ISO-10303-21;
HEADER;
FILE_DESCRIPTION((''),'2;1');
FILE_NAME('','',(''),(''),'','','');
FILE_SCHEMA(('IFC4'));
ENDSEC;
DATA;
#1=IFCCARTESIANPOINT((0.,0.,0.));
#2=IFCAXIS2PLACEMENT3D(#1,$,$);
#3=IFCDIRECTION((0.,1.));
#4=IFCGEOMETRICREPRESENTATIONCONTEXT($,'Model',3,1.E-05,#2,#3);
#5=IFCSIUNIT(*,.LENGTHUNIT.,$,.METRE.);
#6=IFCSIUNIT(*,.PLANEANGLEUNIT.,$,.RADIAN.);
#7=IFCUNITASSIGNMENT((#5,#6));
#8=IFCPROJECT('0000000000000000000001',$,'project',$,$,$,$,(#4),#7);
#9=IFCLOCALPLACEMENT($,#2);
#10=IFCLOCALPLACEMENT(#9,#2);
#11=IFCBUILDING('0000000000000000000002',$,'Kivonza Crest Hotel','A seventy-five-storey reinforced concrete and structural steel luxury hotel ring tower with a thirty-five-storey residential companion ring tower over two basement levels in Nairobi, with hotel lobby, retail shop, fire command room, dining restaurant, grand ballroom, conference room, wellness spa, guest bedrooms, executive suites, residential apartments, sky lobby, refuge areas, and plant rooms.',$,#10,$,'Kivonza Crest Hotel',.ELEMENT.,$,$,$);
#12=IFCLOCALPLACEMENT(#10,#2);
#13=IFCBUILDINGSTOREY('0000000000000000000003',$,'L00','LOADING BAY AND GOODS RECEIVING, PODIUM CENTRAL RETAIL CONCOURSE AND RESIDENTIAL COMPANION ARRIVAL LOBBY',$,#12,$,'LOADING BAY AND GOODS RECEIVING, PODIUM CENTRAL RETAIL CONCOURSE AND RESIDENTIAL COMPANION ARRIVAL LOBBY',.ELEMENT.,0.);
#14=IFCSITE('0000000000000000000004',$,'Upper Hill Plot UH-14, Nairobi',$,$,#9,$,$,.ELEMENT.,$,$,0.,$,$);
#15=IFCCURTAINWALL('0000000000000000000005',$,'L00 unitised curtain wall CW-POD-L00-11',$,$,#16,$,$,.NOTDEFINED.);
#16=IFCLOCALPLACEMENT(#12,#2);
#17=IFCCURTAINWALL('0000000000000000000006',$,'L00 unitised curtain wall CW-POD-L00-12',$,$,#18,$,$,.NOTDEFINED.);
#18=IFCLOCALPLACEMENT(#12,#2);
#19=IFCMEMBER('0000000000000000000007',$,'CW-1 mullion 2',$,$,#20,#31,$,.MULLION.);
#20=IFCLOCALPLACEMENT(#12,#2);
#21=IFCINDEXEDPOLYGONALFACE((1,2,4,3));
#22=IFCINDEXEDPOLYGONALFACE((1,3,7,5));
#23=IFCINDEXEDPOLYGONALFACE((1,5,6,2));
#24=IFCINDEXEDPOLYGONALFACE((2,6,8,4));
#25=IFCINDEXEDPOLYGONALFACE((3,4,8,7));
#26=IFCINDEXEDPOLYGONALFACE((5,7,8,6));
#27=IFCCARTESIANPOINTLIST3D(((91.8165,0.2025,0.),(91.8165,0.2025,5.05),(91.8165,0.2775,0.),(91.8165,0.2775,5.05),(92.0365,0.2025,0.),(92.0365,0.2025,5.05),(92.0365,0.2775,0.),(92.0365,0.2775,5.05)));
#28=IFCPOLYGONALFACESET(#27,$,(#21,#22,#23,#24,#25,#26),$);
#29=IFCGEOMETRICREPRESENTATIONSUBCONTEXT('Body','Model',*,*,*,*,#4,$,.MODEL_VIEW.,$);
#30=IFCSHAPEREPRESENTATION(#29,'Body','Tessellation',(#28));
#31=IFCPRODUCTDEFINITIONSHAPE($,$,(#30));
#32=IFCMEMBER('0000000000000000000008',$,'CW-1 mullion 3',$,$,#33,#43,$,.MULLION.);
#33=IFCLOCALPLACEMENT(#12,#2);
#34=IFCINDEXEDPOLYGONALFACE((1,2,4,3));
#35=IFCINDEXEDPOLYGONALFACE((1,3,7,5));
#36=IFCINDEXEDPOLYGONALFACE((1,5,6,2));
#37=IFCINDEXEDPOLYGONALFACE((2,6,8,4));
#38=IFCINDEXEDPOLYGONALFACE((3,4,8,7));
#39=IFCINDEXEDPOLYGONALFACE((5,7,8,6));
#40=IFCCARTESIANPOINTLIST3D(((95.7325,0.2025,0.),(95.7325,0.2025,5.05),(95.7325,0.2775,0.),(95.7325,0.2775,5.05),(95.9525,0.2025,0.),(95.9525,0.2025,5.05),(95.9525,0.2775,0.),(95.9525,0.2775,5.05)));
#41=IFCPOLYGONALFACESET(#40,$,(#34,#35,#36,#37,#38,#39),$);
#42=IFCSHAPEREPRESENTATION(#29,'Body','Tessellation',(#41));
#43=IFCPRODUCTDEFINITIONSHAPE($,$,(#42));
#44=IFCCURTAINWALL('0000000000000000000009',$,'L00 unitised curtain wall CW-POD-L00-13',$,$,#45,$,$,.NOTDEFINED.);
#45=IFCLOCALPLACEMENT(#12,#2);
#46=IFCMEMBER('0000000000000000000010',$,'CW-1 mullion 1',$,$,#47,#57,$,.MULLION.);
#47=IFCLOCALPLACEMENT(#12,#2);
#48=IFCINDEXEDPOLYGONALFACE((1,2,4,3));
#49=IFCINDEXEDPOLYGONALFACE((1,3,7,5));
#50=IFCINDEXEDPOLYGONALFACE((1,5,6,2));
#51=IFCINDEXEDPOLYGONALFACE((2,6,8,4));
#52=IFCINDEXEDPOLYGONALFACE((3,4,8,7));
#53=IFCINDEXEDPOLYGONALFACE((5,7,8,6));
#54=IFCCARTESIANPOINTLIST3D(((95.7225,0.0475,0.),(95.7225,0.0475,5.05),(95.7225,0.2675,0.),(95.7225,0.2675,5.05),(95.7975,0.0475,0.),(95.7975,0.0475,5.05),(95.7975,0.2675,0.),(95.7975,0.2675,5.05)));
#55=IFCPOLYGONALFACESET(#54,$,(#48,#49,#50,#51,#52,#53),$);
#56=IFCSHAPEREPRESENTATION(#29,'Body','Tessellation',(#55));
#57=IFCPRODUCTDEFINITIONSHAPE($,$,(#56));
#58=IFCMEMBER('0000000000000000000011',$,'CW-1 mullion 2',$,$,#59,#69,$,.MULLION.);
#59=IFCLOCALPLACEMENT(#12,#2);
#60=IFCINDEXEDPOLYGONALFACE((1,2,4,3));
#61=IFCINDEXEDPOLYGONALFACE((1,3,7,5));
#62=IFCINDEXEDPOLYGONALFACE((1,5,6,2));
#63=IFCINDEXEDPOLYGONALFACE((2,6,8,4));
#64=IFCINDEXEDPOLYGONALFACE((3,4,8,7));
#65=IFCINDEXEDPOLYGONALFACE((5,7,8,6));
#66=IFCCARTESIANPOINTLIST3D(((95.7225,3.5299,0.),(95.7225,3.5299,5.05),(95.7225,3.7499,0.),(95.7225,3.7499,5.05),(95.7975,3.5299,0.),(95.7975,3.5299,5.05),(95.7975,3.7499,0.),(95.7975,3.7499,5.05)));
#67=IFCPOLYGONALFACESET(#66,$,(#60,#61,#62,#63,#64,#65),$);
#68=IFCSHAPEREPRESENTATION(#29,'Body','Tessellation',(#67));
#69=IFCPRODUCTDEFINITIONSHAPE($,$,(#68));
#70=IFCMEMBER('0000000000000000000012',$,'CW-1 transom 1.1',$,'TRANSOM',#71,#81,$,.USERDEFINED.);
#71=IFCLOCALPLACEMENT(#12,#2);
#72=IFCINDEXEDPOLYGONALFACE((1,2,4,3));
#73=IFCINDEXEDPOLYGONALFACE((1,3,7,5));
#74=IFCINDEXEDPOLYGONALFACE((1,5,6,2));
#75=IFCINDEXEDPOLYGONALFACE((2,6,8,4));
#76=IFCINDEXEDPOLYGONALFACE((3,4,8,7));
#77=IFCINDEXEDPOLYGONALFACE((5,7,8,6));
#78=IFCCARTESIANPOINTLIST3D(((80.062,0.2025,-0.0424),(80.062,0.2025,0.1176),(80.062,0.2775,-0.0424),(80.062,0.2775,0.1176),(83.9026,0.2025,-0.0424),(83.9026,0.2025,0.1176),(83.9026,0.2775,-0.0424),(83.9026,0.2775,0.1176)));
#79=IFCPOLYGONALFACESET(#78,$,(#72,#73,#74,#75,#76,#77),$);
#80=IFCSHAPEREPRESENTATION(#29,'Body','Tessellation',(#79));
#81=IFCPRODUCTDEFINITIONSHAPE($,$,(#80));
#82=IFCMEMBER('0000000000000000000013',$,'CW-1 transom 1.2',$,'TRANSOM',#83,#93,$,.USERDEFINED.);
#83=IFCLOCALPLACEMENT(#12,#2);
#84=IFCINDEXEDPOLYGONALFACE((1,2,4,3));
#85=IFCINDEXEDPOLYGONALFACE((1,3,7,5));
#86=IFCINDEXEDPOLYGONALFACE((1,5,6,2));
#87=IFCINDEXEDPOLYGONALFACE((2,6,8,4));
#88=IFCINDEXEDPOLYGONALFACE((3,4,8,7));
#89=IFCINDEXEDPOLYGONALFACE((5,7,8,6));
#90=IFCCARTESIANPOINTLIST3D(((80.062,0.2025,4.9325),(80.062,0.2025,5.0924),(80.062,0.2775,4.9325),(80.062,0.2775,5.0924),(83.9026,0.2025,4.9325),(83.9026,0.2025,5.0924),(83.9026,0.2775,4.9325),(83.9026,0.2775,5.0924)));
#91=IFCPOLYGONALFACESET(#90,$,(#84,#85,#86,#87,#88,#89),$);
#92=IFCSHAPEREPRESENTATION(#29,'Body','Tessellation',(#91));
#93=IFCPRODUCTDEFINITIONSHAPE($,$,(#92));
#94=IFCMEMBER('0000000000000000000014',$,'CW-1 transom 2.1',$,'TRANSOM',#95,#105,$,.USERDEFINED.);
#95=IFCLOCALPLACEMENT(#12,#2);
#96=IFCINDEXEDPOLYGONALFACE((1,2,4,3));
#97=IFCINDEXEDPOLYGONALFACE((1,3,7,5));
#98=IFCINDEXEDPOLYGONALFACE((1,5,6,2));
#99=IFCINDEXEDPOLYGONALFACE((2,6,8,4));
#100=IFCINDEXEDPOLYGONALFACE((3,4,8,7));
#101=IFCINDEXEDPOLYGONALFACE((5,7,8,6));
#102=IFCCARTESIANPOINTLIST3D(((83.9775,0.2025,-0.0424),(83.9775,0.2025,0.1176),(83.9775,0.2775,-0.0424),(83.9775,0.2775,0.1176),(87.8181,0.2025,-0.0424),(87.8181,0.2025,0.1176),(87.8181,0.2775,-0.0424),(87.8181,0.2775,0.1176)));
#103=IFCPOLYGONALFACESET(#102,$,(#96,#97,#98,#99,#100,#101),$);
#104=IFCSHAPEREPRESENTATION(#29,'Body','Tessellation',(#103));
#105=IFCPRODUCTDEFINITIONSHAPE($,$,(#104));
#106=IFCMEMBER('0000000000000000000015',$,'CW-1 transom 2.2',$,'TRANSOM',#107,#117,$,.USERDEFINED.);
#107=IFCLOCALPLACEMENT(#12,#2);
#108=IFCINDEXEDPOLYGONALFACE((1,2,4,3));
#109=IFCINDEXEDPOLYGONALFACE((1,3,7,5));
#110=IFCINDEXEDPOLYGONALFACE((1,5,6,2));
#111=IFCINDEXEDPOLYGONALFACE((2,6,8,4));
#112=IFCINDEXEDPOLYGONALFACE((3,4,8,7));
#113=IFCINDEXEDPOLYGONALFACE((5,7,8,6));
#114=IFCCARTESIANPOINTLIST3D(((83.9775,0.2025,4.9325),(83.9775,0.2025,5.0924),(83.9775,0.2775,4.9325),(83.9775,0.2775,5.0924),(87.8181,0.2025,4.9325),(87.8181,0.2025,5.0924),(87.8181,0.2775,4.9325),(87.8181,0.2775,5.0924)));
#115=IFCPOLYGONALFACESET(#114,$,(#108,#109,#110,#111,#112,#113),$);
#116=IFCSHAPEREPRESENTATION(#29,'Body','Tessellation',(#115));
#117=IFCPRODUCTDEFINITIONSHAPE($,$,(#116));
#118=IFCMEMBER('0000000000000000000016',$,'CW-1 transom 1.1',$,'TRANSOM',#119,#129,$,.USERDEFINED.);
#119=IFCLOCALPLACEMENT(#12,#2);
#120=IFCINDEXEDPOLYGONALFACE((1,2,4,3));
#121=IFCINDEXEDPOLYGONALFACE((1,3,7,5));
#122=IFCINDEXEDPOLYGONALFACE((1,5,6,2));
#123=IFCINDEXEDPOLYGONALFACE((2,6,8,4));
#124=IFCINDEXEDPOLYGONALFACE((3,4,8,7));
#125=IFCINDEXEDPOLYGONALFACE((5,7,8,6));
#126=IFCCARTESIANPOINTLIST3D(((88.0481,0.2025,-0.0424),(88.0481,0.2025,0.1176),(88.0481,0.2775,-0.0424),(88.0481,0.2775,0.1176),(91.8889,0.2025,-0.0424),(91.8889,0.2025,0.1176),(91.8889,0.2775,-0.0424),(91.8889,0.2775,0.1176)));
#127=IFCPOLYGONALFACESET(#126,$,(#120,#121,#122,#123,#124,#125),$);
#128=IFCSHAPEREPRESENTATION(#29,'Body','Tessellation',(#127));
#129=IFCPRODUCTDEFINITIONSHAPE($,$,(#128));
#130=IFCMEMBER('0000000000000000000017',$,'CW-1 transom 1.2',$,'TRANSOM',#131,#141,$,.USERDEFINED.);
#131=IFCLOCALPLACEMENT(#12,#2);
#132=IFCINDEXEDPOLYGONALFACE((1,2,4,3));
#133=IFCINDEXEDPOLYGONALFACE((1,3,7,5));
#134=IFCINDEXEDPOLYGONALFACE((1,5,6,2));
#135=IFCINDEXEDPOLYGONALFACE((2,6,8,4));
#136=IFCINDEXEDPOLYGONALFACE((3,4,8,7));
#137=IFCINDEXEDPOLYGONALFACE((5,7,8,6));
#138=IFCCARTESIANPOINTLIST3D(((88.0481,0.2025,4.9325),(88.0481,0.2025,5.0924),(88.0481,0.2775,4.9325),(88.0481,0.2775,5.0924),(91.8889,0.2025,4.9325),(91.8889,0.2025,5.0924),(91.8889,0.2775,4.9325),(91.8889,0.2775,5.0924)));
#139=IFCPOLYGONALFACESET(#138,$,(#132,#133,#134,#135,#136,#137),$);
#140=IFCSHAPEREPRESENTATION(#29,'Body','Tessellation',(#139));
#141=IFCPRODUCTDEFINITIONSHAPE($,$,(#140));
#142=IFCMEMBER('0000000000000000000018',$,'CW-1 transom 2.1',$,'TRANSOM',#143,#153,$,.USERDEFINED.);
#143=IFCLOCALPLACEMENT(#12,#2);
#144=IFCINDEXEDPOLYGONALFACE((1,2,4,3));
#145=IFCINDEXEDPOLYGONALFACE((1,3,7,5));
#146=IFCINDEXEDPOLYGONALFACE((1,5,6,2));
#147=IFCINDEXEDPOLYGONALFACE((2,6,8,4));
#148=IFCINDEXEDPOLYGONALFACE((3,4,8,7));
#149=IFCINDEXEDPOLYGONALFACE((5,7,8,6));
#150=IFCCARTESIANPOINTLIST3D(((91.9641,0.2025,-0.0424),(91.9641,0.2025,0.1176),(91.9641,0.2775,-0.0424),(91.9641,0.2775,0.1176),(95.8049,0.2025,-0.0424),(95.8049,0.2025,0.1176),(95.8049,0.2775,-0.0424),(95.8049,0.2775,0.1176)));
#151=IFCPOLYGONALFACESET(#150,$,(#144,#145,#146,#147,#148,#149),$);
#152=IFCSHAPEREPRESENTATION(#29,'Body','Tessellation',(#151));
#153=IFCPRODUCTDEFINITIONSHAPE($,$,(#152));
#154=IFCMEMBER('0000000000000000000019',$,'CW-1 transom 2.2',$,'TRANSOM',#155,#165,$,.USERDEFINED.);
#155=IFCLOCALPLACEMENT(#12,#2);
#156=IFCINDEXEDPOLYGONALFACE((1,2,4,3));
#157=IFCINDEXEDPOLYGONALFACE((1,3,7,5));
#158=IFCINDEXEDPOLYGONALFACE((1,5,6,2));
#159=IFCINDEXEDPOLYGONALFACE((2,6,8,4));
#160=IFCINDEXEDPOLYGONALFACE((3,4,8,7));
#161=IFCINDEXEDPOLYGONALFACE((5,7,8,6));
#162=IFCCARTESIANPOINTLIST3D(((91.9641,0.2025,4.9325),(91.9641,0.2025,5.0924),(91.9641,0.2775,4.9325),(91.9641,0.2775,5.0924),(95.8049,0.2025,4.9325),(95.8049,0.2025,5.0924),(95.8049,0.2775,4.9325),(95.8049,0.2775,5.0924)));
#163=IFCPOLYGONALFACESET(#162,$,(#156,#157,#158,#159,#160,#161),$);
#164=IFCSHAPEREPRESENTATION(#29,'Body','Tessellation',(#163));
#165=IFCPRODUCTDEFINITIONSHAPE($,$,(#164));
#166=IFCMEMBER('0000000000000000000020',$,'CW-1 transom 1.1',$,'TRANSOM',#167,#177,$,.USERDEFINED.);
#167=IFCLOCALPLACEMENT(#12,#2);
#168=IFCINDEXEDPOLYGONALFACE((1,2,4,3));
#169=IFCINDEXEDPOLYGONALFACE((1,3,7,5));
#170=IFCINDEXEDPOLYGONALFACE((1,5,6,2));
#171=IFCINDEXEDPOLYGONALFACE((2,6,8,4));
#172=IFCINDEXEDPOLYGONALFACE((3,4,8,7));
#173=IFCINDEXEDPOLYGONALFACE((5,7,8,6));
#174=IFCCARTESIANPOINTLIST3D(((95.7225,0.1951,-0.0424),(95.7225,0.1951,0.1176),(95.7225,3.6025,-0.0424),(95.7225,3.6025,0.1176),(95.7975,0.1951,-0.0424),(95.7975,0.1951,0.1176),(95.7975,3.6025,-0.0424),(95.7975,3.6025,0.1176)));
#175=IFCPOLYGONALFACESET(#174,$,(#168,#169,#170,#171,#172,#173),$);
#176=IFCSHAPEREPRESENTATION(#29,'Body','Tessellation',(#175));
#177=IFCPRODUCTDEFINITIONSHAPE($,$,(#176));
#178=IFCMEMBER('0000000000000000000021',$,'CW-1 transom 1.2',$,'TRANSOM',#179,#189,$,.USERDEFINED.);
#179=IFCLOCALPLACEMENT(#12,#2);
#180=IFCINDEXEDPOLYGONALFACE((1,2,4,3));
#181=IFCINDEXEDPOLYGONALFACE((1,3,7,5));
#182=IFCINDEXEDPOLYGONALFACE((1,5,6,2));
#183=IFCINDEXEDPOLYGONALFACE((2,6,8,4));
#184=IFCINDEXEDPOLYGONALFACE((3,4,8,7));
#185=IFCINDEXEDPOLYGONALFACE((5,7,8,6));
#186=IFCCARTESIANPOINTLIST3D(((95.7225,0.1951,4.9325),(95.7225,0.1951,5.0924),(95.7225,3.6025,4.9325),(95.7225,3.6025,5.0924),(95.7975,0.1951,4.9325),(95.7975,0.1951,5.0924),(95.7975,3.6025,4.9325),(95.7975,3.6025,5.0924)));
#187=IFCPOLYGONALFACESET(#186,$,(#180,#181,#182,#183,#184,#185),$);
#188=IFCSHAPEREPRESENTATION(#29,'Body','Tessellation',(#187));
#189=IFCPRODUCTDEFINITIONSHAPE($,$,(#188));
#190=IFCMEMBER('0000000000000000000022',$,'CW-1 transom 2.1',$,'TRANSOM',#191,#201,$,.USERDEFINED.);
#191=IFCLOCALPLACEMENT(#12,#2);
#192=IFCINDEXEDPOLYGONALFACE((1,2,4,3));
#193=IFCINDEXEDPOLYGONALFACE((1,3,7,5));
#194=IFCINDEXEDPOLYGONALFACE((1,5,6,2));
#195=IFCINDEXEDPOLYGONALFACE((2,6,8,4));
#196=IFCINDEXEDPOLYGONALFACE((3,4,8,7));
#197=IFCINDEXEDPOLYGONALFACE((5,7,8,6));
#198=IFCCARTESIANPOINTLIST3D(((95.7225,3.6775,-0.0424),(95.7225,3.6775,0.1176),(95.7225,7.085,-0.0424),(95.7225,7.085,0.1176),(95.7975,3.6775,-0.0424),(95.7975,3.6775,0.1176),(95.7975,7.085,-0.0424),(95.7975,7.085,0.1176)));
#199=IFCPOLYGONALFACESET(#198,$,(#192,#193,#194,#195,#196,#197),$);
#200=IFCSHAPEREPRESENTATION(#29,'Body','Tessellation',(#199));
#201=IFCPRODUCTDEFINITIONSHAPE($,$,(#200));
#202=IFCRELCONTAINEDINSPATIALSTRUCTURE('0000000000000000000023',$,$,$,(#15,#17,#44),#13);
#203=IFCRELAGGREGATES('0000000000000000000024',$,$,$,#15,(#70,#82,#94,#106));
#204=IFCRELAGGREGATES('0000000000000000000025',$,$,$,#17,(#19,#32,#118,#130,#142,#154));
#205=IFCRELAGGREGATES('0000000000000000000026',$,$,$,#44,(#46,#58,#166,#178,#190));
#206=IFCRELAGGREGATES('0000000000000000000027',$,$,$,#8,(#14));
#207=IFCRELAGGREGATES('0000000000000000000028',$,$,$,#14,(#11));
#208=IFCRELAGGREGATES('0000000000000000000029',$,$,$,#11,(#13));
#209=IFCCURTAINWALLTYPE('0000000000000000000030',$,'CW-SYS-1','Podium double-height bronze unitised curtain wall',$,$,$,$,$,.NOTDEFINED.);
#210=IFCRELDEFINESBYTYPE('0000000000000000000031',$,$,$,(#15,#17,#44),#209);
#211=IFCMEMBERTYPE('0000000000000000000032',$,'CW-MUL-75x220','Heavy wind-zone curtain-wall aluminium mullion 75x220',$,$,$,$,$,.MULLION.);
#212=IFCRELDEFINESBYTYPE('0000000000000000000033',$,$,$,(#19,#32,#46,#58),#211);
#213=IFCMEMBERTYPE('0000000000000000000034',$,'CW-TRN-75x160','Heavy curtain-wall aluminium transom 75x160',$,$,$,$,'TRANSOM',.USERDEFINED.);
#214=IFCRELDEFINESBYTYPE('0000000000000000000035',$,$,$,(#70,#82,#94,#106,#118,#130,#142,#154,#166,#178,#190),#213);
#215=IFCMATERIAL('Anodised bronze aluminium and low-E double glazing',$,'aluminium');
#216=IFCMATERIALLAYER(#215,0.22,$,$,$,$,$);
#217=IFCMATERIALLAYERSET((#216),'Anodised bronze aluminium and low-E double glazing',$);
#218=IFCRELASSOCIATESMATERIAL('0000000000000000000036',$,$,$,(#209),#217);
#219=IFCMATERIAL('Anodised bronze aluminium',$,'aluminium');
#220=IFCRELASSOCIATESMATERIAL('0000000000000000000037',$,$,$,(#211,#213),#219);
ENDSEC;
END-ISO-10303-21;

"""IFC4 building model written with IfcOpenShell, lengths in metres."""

from ifc_helpers import new_model, si_unit, direction, frame, origin, origin_2d, place, context, subcontext, project, spatial, rectangle, extrude, material, layer, layer_set, material_profile, profile_set, type_object, element, aggregate, save


model = new_model("IFC4")

# Units and contexts
model_context = context("Model", 3, precision=1e-05, world=origin(), true_north=direction((0.0, 1.0)))
body_context = subcontext(model_context, "Body", "Model", "MODEL_VIEW")
ifc_project = project(units=[si_unit("LENGTHUNIT", "METRE"), si_unit("PLANEANGLEUNIT", "RADIAN")], contexts=[model_context])

# Site, building, storey
site_placement = place(None, origin())
site = spatial("IfcSite", under=ifc_project, at=site_placement, Name="Upper Hill Plot UH-14, Nairobi", CompositionType="ELEMENT", RefElevation=0.0)
building_placement = place(site_placement, origin())
building = spatial("IfcBuilding", under=site, at=building_placement, Name="Kivonza Crest Hotel", Description="A seventy-five-storey reinforced concrete and structural steel luxury hotel ring tower with a thirty-five-storey residential companion ring tower over two basement levels in Nairobi, with hotel lobby, retail shop, fire command room, dining restaurant, grand ballroom, conference room, wellness spa, guest bedrooms, executive suites, residential apartments, sky lobby, refuge areas, and plant rooms.", LongName="Kivonza Crest Hotel", CompositionType="ELEMENT")
storey_placement = place(building_placement, origin())
storey = spatial("IfcBuildingStorey", under=building, at=storey_placement, Name="L00", Description="LOADING BAY AND GOODS RECEIVING, PODIUM CENTRAL RETAIL CONCOURSE AND RESIDENTIAL COMPANION ARRIVAL LOBBY", LongName="LOADING BAY AND GOODS RECEIVING, PODIUM CENTRAL RETAIL CONCOURSE AND RESIDENTIAL COMPANION ARRIVAL LOBBY", CompositionType="ELEMENT", Elevation=0.0)

# Curtain walls, members
ifc_material_1 = material(Name="Anodised bronze aluminium and low-E double glazing", Category="aluminium")
ifc_layer_1 = layer(ifc_material_1, 0.22)
ifc_layer_set_1 = layer_set([ifc_layer_1], Name="Anodised bronze aluminium and low-E double glazing")
curtain_wall_type = type_object("IfcCurtainWallType", Name="CW-SYS-1", Description="Podium double-height bronze unitised curtain wall", PredefinedType="NOTDEFINED", material=ifc_layer_set_1)
curtain_wall_1_placement = place(storey_placement, origin())
curtain_wall_1 = element("IfcCurtainWall", 1, at=curtain_wall_1_placement, inside=storey, type_object=curtain_wall_type, Name="L00 unitised curtain wall CW-POD-L00-11", PredefinedType="NOTDEFINED")
ifc_material_2 = material(Name="Anodised bronze aluminium", Category="aluminium")
ifc_material_profile_1 = material_profile(ifc_material_2, rectangle(XDim=0.075, YDim=0.22, at=origin_2d()), Name="CW-M 75x220")
ifc_profile_set_1 = profile_set([ifc_material_profile_1], Name="Anodised bronze aluminium")
member_type_1 = type_object("IfcMemberType", Name="CW-MUL-75x220", Description="Heavy wind-zone curtain-wall aluminium mullion 75x220", PredefinedType="MULLION", material=ifc_profile_set_1)
curtain_wall_2_placement = place(storey_placement, origin())
curtain_wall_2 = element("IfcCurtainWall", 2, at=curtain_wall_2_placement, inside=storey, type_object=curtain_wall_type, Name="L00 unitised curtain wall CW-POD-L00-12", PredefinedType="NOTDEFINED")
member_1_placement = place(storey_placement, frame((91.9265, 0.24, 0.0), z_axis=(0.0, 0.0, 1.0), x_axis=(0.0, 1.0, 0.0)))
member_1 = element("IfcMember", 3, at=member_1_placement, type_object=member_type_1, Name="CW-1 mullion 2", PredefinedType="MULLION", context=body_context, shape_type="SweptSolid", body=[
    extrude(rectangle(XDim=0.075, YDim=0.22, at=origin_2d()), origin(), (0.0, 0.0, 1.0), 5.05),
])
member_2_placement = place(storey_placement, frame((95.8425, 0.24, 0.0), z_axis=(0.0, 0.0, 1.0), x_axis=(0.0, 1.0, 0.0)))
member_2 = element("IfcMember", 4, at=member_2_placement, type_object=member_type_1, Name="CW-1 mullion 3", PredefinedType="MULLION", context=body_context, shape_type="SweptSolid", body=[
    extrude(rectangle(XDim=0.075, YDim=0.22, at=origin_2d()), origin(), (0.0, 0.0, 1.0), 5.05),
])
curtain_wall_3_placement = place(storey_placement, origin())
curtain_wall_3 = element("IfcCurtainWall", 5, at=curtain_wall_3_placement, inside=storey, type_object=curtain_wall_type, Name="L00 unitised curtain wall CW-POD-L00-13", PredefinedType="NOTDEFINED")
member_3_placement = place(storey_placement, frame((95.76, 0.1575, 0.0), z_axis=(0.0, 0.0, 1.0), x_axis=(-1.0, 0.0, 0.0)))
member_3 = element("IfcMember", 6, at=member_3_placement, type_object=member_type_1, Name="CW-1 mullion 1", PredefinedType="MULLION", context=body_context, shape_type="SweptSolid", body=[
    extrude(rectangle(XDim=0.075, YDim=0.22, at=origin_2d()), origin(), (0.0, 0.0, 1.0), 5.05),
])
member_4_placement = place(storey_placement, frame((95.76, 3.6399, 0.0), z_axis=(0.0, 0.0, 1.0), x_axis=(-1.0, 0.0, 0.0)))
member_4 = element("IfcMember", 7, at=member_4_placement, type_object=member_type_1, Name="CW-1 mullion 2", PredefinedType="MULLION", context=body_context, shape_type="SweptSolid", body=[
    extrude(rectangle(XDim=0.075, YDim=0.22, at=origin_2d()), origin(), (0.0, 0.0, 1.0), 5.05),
])

# Members
ifc_material_profile_2 = material_profile(ifc_material_2, rectangle(XDim=0.075, YDim=0.1599, at=origin_2d()), Name="CW-T 75x160")
ifc_profile_set_2 = profile_set([ifc_material_profile_2], Name="Anodised bronze aluminium")
member_type_2 = type_object("IfcMemberType", Name="CW-TRN-75x160", Description="Heavy curtain-wall aluminium transom 75x160", ElementType="TRANSOM", PredefinedType="USERDEFINED", material=ifc_profile_set_2)
member_5_placement = place(storey_placement, frame((80.062, 0.24, 0.0376), z_axis=(1.0, 0.0, 0.0), x_axis=(0.0, 1.0, 0.0)))
member_5 = element("IfcMember", 8, at=member_5_placement, type_object=member_type_2, Name="CW-1 transom 1.1", ObjectType="TRANSOM", PredefinedType="USERDEFINED", context=body_context, shape_type="SweptSolid", body=[
    extrude(rectangle(XDim=0.075, YDim=0.1599, at=origin_2d()), origin(), (0.0, 0.0, 1.0), 3.8406),
])
member_6_placement = place(storey_placement, frame((80.062, 0.24, 5.0125), z_axis=(1.0, 0.0, 0.0), x_axis=(0.0, 1.0, 0.0)))
member_6 = element("IfcMember", 9, at=member_6_placement, type_object=member_type_2, Name="CW-1 transom 1.2", ObjectType="TRANSOM", PredefinedType="USERDEFINED", context=body_context, shape_type="SweptSolid", body=[
    extrude(rectangle(XDim=0.075, YDim=0.1599, at=origin_2d()), origin(), (0.0, 0.0, 1.0), 3.8406),
])
member_7_placement = place(storey_placement, frame((83.9775, 0.24, 0.0376), z_axis=(1.0, 0.0, 0.0), x_axis=(0.0, 1.0, 0.0)))
member_7 = element("IfcMember", 10, at=member_7_placement, type_object=member_type_2, Name="CW-1 transom 2.1", ObjectType="TRANSOM", PredefinedType="USERDEFINED", context=body_context, shape_type="SweptSolid", body=[
    extrude(rectangle(XDim=0.075, YDim=0.1599, at=origin_2d()), origin(), (0.0, 0.0, 1.0), 3.8406),
])
member_8_placement = place(storey_placement, frame((83.9775, 0.24, 5.0125), z_axis=(1.0, 0.0, 0.0), x_axis=(0.0, 1.0, 0.0)))
member_8 = element("IfcMember", 11, at=member_8_placement, type_object=member_type_2, Name="CW-1 transom 2.2", ObjectType="TRANSOM", PredefinedType="USERDEFINED", context=body_context, shape_type="SweptSolid", body=[
    extrude(rectangle(XDim=0.075, YDim=0.1599, at=origin_2d()), origin(), (0.0, 0.0, 1.0), 3.8406),
])
member_9_placement = place(storey_placement, frame((88.0481, 0.24, 0.0376), z_axis=(1.0, 0.0, 0.0), x_axis=(0.0, 1.0, 0.0)))
member_9 = element("IfcMember", 12, at=member_9_placement, type_object=member_type_2, Name="CW-1 transom 1.1", ObjectType="TRANSOM", PredefinedType="USERDEFINED", context=body_context, shape_type="SweptSolid", body=[
    extrude(rectangle(XDim=0.075, YDim=0.1599, at=origin_2d()), origin(), (0.0, 0.0, 1.0), 3.8408),
])
member_10_placement = place(storey_placement, frame((88.0481, 0.24, 5.0125), z_axis=(1.0, 0.0, 0.0), x_axis=(0.0, 1.0, 0.0)))
member_10 = element("IfcMember", 13, at=member_10_placement, type_object=member_type_2, Name="CW-1 transom 1.2", ObjectType="TRANSOM", PredefinedType="USERDEFINED", context=body_context, shape_type="SweptSolid", body=[
    extrude(rectangle(XDim=0.075, YDim=0.1599, at=origin_2d()), origin(), (0.0, 0.0, 1.0), 3.8408),
])
member_11_placement = place(storey_placement, frame((91.9641, 0.24, 0.0376), z_axis=(1.0, 0.0, 0.0), x_axis=(0.0, 1.0, 0.0)))
member_11 = element("IfcMember", 14, at=member_11_placement, type_object=member_type_2, Name="CW-1 transom 2.1", ObjectType="TRANSOM", PredefinedType="USERDEFINED", context=body_context, shape_type="SweptSolid", body=[
    extrude(rectangle(XDim=0.075, YDim=0.1599, at=origin_2d()), origin(), (0.0, 0.0, 1.0), 3.8408),
])
member_12_placement = place(storey_placement, frame((91.9641, 0.24, 5.0125), z_axis=(1.0, 0.0, 0.0), x_axis=(0.0, 1.0, 0.0)))
member_12 = element("IfcMember", 15, at=member_12_placement, type_object=member_type_2, Name="CW-1 transom 2.2", ObjectType="TRANSOM", PredefinedType="USERDEFINED", context=body_context, shape_type="SweptSolid", body=[
    extrude(rectangle(XDim=0.075, YDim=0.1599, at=origin_2d()), origin(), (0.0, 0.0, 1.0), 3.8408),
])
member_13_placement = place(storey_placement, frame((95.76, 0.1951, 0.0376), z_axis=(0.0, 1.0, 0.0), x_axis=(-1.0, 0.0, 0.0)))
member_13 = element("IfcMember", 16, at=member_13_placement, type_object=member_type_2, Name="CW-1 transom 1.1", ObjectType="TRANSOM", PredefinedType="USERDEFINED", context=body_context, shape_type="SweptSolid", body=[
    extrude(rectangle(XDim=0.075, YDim=0.1599, at=origin_2d()), origin(), (0.0, 0.0, 1.0), 3.4075),
])
member_14_placement = place(storey_placement, frame((95.76, 0.1951, 5.0125), z_axis=(0.0, 1.0, 0.0), x_axis=(-1.0, 0.0, 0.0)))
member_14 = element("IfcMember", 17, at=member_14_placement, type_object=member_type_2, Name="CW-1 transom 1.2", ObjectType="TRANSOM", PredefinedType="USERDEFINED", context=body_context, shape_type="SweptSolid", body=[
    extrude(rectangle(XDim=0.075, YDim=0.1599, at=origin_2d()), origin(), (0.0, 0.0, 1.0), 3.4075),
])
member_15_placement = place(storey_placement, frame((95.76, 3.6775, 0.0376), z_axis=(0.0, 1.0, 0.0), x_axis=(-1.0, 0.0, 0.0)))
member_15 = element("IfcMember", 18, at=member_15_placement, type_object=member_type_2, Name="CW-1 transom 2.1", ObjectType="TRANSOM", PredefinedType="USERDEFINED", context=body_context, shape_type="SweptSolid", body=[
    extrude(rectangle(XDim=0.075, YDim=0.1599, at=origin_2d()), origin(), (0.0, 0.0, 1.0), 3.4075),
])

aggregate(curtain_wall_1, [member_5, member_6, member_7, member_8])
aggregate(curtain_wall_2, [member_1, member_2, member_9, member_10, member_11, member_12])
aggregate(curtain_wall_3, [member_3, member_4, member_13, member_14, member_15])

save(model, "model.ifc")
